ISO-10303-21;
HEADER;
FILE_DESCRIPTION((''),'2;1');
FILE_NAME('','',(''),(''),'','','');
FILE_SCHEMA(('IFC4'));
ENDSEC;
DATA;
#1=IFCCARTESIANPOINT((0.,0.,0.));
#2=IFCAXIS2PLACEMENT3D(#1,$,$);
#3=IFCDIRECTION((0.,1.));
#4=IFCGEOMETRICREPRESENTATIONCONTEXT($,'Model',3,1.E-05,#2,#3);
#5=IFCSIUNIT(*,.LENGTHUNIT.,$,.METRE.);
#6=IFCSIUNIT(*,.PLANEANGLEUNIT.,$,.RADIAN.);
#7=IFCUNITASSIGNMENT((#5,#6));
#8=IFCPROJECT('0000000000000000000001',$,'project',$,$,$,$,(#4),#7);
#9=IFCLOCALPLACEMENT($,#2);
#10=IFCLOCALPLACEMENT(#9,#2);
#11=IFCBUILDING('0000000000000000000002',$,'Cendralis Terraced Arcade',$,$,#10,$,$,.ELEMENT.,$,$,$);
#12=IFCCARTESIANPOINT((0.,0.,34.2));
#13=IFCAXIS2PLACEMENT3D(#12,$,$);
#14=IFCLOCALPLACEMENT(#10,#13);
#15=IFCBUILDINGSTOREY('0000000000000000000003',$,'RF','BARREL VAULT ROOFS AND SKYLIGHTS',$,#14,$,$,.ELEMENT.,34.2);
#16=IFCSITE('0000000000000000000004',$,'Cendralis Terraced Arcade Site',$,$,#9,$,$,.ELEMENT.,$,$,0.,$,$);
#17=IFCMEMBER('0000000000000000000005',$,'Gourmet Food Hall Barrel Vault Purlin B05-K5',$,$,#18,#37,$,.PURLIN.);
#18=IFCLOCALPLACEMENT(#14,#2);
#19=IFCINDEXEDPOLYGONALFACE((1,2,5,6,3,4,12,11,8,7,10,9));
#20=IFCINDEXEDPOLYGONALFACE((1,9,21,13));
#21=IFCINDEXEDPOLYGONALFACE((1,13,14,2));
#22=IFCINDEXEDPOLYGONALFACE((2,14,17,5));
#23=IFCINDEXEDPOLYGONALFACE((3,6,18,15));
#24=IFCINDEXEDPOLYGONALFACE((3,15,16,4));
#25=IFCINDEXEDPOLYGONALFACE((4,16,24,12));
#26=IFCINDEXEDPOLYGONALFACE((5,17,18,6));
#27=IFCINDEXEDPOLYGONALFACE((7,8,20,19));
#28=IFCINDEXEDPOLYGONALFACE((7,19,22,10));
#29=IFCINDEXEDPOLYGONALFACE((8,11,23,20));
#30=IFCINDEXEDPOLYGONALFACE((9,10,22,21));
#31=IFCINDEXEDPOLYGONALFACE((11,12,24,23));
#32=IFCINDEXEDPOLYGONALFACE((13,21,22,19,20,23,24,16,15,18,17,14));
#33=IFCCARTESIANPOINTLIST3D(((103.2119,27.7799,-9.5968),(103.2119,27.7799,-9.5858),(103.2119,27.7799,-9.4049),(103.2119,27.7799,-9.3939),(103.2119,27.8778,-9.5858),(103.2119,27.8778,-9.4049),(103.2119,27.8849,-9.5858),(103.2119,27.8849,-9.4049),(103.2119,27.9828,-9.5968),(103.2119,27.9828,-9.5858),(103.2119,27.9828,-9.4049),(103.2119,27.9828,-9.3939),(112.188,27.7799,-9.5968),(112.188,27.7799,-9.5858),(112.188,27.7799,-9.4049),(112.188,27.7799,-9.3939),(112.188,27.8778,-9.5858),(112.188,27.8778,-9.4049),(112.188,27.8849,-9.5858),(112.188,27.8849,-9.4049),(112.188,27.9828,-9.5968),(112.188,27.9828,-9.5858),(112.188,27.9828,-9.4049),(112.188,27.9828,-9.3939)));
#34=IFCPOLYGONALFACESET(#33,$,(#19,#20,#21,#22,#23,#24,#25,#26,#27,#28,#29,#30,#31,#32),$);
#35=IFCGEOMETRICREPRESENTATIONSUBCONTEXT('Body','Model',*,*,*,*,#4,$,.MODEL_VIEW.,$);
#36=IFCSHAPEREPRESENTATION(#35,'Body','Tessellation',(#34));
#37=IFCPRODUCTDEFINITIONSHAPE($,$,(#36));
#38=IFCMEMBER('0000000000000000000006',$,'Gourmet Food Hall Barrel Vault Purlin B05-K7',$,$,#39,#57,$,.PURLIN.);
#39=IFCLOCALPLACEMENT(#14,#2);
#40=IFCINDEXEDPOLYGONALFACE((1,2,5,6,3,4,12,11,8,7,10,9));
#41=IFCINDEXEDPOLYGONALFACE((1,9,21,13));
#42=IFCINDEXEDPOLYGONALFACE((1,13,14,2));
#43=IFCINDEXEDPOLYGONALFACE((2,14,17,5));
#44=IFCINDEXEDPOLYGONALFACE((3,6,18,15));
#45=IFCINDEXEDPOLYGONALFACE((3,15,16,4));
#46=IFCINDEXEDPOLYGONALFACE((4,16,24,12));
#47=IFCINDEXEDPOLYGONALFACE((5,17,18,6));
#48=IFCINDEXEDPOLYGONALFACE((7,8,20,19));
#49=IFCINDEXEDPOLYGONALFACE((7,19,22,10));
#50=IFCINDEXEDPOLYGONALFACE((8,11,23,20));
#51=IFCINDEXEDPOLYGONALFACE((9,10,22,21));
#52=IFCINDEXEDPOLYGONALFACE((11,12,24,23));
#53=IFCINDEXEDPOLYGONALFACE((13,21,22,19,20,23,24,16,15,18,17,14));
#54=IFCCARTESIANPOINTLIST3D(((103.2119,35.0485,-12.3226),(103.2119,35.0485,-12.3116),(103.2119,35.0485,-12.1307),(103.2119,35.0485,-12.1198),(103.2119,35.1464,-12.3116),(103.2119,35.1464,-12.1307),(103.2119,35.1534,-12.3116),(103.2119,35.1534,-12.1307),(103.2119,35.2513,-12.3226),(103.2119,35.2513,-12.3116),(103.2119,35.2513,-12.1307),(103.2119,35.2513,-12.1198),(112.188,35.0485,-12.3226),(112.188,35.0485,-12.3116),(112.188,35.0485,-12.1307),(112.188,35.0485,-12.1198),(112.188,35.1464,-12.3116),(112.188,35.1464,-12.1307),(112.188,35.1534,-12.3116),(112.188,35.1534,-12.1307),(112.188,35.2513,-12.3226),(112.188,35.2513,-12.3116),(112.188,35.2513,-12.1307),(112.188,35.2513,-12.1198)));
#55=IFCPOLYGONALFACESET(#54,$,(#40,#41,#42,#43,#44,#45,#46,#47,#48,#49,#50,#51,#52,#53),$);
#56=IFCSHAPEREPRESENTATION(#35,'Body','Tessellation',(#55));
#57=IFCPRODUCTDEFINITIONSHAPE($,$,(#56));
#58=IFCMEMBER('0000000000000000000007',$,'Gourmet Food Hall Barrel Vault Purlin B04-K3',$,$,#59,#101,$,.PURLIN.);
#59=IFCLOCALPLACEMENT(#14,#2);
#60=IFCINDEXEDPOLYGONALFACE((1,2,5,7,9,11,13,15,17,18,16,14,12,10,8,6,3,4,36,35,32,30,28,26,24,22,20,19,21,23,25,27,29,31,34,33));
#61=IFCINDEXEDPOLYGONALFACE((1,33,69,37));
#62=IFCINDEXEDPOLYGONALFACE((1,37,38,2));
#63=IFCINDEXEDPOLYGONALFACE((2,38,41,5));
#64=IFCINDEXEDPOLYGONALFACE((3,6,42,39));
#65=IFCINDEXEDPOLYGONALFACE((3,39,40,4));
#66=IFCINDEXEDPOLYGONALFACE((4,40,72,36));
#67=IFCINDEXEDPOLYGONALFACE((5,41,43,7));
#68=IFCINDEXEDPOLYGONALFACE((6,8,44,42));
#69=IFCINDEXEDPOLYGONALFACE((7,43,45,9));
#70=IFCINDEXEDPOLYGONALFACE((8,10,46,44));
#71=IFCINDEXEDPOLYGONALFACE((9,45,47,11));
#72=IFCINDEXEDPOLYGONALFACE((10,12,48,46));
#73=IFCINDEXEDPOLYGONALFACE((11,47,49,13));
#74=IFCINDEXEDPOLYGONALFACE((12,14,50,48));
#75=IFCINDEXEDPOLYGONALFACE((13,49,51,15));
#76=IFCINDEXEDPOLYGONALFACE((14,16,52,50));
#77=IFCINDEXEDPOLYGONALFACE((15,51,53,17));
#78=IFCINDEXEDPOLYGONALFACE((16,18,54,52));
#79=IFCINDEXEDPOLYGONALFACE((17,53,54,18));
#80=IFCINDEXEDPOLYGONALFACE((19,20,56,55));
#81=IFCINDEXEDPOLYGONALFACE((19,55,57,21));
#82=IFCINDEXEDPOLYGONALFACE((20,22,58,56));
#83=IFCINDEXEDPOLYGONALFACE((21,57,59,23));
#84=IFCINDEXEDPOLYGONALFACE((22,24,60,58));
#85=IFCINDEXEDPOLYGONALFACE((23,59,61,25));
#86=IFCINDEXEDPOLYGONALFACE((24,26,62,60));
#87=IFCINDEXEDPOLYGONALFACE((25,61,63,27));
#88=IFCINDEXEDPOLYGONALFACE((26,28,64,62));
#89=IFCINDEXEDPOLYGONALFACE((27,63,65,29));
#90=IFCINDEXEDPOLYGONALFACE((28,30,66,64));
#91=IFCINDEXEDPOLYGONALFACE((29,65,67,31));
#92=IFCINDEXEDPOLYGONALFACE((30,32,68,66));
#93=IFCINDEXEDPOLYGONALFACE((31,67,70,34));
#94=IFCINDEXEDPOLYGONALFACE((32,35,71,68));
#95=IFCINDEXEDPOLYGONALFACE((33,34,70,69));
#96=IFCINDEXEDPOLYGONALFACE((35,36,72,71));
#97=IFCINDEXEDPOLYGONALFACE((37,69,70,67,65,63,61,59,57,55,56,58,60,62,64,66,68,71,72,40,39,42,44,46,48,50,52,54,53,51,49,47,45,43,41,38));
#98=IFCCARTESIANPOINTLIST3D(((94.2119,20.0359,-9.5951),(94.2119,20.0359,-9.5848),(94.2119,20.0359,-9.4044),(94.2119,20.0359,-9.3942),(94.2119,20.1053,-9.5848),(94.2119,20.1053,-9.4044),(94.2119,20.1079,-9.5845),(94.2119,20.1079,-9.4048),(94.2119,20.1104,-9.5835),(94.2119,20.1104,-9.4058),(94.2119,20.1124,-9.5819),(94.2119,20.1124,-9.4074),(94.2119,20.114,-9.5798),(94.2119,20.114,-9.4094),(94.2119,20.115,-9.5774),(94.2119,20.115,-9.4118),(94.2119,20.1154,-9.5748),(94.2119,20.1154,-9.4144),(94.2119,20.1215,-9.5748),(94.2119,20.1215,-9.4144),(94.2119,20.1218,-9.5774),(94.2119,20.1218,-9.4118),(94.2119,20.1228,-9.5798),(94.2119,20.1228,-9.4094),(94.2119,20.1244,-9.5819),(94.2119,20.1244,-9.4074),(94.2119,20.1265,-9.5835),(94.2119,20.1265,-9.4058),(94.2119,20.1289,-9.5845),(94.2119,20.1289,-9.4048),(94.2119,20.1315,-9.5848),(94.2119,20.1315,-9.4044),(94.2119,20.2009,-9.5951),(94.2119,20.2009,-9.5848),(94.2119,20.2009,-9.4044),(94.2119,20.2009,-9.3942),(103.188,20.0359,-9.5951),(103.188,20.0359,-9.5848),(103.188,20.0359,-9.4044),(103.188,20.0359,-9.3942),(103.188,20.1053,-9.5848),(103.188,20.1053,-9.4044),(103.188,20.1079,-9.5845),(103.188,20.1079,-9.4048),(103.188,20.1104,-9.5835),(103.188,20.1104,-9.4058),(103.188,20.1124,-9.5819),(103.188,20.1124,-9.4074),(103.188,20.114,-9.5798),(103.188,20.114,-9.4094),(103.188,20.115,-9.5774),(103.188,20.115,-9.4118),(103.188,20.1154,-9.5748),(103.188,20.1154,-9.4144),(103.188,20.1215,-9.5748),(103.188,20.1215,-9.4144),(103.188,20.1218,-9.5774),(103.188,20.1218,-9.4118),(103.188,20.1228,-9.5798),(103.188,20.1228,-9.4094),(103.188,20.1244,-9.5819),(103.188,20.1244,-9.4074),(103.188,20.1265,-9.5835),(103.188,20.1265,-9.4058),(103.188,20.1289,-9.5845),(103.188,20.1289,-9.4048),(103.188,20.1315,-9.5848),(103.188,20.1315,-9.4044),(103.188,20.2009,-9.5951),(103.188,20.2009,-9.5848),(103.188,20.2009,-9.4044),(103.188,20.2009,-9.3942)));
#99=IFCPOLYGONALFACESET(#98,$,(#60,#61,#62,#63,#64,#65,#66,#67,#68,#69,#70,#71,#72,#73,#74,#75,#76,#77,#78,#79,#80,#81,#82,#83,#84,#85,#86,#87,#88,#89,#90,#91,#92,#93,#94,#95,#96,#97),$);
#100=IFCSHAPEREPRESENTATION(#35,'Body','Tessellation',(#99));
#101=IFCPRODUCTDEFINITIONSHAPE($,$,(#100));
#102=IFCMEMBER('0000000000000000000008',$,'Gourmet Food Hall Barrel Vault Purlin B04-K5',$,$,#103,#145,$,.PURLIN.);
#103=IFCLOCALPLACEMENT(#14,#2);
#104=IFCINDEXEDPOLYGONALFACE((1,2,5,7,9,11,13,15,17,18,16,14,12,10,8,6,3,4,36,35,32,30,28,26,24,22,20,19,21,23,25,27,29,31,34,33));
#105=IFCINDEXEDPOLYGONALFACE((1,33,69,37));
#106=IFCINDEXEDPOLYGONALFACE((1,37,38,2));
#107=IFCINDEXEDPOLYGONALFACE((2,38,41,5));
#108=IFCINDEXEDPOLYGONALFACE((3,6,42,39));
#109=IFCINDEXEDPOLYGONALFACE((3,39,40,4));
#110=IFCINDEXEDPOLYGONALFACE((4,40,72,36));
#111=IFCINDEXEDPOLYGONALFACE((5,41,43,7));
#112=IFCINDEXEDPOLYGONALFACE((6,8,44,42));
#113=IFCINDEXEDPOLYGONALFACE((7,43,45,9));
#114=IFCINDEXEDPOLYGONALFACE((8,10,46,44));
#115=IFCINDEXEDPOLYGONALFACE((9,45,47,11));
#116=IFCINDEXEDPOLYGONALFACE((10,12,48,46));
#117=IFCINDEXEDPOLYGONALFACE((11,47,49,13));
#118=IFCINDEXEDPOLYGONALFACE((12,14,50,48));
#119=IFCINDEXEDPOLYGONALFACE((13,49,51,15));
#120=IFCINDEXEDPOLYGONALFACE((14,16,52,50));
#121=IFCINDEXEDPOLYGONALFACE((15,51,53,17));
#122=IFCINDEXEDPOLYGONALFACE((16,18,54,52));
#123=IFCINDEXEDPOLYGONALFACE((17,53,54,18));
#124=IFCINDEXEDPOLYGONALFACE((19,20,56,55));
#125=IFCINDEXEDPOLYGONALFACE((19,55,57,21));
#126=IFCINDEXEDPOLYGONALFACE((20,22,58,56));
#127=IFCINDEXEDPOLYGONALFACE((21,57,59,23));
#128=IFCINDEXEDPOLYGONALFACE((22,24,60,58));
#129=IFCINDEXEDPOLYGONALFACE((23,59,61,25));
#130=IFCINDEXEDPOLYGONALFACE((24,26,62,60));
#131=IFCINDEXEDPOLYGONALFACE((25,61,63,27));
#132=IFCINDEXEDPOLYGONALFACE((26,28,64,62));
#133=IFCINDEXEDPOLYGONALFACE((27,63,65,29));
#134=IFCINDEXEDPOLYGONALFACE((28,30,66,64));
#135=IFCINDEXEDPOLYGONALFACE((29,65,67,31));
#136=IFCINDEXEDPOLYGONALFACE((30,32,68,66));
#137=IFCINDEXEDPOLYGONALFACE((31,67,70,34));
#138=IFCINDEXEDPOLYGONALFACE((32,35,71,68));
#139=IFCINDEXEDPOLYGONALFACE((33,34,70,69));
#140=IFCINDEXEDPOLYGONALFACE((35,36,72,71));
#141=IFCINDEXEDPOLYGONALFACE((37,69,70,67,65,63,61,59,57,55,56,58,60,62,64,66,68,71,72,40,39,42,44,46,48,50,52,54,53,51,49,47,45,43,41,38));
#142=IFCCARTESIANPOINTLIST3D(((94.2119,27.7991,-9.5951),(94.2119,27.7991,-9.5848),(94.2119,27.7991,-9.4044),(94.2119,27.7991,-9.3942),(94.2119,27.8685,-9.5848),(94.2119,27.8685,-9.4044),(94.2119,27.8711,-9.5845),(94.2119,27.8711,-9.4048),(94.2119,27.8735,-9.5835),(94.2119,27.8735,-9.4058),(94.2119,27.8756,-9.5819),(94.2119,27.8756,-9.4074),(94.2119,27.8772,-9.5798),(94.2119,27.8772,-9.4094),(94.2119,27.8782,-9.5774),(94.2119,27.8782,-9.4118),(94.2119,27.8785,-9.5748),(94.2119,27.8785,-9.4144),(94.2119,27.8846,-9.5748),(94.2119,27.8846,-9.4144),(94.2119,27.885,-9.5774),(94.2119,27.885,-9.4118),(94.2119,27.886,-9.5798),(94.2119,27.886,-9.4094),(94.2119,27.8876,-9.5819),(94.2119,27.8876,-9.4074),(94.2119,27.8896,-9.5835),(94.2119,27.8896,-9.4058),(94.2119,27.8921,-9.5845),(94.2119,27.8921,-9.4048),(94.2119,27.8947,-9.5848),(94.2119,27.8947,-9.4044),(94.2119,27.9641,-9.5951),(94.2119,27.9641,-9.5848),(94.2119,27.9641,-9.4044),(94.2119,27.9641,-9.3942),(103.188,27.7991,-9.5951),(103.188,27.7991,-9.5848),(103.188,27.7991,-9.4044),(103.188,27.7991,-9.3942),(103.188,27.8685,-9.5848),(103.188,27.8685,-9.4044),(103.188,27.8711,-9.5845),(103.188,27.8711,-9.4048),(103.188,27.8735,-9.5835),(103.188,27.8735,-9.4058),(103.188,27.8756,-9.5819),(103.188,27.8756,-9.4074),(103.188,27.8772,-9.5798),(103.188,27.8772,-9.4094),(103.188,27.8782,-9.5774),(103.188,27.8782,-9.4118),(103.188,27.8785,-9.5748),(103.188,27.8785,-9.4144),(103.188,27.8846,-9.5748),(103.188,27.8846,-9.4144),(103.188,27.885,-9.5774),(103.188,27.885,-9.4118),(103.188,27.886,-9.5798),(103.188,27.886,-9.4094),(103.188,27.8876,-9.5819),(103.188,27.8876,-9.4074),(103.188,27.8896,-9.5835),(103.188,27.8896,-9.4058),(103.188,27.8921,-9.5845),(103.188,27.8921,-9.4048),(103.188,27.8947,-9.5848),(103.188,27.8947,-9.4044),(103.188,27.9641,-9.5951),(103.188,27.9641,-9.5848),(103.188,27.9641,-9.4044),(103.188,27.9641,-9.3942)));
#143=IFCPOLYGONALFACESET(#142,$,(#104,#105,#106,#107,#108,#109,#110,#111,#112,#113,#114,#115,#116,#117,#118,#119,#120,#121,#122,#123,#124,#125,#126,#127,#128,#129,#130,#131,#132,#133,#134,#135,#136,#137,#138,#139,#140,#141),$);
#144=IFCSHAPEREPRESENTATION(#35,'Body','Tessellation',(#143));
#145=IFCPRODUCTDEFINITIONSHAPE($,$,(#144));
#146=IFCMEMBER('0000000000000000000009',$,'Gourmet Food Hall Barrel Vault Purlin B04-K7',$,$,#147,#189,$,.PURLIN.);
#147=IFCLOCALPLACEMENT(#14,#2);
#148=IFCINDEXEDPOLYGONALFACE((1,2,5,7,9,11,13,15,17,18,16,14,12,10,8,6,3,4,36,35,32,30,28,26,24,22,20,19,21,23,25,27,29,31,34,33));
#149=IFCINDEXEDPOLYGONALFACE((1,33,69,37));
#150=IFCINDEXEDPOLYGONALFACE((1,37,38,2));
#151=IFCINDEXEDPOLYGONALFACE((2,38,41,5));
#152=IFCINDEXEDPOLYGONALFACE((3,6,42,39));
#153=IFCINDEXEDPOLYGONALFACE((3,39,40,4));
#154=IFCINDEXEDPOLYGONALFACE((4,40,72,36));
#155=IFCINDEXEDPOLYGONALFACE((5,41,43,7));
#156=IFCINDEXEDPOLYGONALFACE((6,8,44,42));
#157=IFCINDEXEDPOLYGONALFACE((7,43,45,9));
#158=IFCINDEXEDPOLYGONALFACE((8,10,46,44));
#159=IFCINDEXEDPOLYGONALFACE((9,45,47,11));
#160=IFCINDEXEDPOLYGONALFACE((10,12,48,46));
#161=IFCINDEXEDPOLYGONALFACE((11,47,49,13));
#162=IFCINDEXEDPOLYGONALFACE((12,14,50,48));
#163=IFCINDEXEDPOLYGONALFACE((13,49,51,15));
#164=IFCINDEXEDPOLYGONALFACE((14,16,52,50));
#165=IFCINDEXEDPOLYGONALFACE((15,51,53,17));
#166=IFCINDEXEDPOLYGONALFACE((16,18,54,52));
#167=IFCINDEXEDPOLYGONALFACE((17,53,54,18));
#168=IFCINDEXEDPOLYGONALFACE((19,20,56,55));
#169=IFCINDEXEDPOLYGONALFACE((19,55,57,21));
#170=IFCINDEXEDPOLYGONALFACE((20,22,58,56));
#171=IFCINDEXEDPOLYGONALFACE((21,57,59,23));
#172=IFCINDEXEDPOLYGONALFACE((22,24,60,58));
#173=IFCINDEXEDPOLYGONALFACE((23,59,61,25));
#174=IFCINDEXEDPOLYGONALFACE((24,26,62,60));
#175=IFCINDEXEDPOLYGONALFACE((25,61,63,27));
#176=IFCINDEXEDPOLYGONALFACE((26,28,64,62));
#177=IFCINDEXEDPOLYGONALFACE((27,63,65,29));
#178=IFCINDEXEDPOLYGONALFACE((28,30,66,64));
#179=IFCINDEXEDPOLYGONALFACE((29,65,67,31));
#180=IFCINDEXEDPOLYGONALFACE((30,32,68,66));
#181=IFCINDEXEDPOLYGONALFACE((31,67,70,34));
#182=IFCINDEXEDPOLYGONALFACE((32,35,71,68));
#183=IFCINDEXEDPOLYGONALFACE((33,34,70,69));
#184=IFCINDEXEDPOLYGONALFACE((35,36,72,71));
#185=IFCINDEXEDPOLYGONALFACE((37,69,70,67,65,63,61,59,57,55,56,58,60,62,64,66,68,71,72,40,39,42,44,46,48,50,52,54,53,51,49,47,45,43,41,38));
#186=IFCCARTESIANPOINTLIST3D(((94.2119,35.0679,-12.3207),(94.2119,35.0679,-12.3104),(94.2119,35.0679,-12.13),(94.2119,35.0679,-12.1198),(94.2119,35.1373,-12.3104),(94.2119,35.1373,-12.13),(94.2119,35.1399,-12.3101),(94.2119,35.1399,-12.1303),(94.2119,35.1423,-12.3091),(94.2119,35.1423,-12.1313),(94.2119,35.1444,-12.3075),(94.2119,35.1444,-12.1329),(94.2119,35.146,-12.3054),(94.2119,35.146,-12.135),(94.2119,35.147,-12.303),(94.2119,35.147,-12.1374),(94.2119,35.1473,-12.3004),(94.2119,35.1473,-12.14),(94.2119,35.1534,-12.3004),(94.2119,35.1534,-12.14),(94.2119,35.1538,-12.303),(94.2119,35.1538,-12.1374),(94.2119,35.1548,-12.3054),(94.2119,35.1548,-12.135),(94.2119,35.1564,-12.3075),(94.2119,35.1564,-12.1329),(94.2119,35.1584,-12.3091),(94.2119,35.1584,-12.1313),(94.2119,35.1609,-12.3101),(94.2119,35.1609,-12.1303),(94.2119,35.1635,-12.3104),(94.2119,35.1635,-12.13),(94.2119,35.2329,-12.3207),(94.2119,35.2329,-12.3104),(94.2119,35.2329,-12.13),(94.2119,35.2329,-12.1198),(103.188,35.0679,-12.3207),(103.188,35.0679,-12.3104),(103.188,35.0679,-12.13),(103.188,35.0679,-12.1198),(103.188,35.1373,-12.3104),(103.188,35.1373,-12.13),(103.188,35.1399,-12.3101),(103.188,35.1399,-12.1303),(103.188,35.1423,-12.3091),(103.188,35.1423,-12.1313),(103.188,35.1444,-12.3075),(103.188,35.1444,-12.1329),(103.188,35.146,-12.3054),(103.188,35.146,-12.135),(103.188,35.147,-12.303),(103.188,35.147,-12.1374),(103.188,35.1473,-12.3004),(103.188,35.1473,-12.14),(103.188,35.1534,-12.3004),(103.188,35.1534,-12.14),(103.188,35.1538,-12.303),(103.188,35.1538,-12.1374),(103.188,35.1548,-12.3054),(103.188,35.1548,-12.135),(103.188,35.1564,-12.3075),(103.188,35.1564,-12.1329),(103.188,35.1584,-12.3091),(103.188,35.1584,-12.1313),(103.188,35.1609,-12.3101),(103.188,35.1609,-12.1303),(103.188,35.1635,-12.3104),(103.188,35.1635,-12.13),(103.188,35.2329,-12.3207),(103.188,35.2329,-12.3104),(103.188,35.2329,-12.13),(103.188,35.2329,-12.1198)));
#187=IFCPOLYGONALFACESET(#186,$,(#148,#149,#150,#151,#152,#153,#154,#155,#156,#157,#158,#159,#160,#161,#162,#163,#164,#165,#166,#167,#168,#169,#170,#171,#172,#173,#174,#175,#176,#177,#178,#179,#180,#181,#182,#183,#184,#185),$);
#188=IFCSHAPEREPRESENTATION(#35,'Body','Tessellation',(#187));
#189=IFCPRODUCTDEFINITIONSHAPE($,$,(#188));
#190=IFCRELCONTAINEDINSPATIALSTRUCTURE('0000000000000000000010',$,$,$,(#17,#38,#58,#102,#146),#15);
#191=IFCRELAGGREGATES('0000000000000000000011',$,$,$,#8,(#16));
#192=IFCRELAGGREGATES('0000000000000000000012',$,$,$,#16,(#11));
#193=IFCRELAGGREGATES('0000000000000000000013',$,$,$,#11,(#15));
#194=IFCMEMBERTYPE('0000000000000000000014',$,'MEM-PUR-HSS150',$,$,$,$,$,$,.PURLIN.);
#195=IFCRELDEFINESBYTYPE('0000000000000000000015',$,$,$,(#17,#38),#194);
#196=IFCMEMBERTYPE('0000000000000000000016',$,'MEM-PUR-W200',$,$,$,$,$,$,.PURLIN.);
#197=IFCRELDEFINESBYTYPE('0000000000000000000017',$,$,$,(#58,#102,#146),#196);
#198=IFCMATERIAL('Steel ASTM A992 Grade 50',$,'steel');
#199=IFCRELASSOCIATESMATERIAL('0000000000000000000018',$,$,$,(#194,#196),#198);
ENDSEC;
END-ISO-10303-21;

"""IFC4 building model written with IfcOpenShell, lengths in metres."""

from ifc_helpers import new_model, si_unit, direction, frame, origin, origin_2d, place, context, subcontext, project, spatial, i_section, extrude, material, material_profile, profile_set, type_object, element, save


model = new_model("IFC4")

# Units and contexts
model_context = context("Model", 3, precision=1e-05, world=origin(), true_north=direction((0.0, 1.0)))
body_context = subcontext(model_context, "Body", "Model", "MODEL_VIEW")
ifc_project = project(units=[si_unit("LENGTHUNIT", "METRE"), si_unit("PLANEANGLEUNIT", "RADIAN")], contexts=[model_context])

# Site, building, storey
site_placement = place(None, origin())
site = spatial("IfcSite", under=ifc_project, at=site_placement, Name="Cendralis Terraced Arcade Site", CompositionType="ELEMENT", RefElevation=0.0)
building_placement = place(site_placement, origin())
building = spatial("IfcBuilding", under=site, at=building_placement, Name="Cendralis Terraced Arcade", CompositionType="ELEMENT")
storey_placement = place(building_placement, frame((0.0, 0.0, 34.2)))
storey = spatial("IfcBuildingStorey", under=building, at=storey_placement, Name="RF", Description="BARREL VAULT ROOFS AND SKYLIGHTS", CompositionType="ELEMENT", Elevation=34.2)

# Members
ifc_material_1 = material(Name="Steel ASTM A992 Grade 50", Category="steel")
ifc_material_profile_1 = material_profile(ifc_material_1, i_section(OverallWidth=0.2029, OverallDepth=0.2029, WebThickness=0.0071, FlangeThickness=0.011, at=origin_2d()), Name="W200X46.1", Category="LoadBearing")
ifc_profile_set_1 = profile_set([ifc_material_profile_1], Name="Steel ASTM A992 Grade 50")
member_type_1 = type_object("IfcMemberType", Name="MEM-PUR-HSS150", PredefinedType="PURLIN", material=ifc_profile_set_1)
for number, where, z_axis, x_axis, name in (
    (1, (103.2119, 27.8813, -9.4954), (1.0, 0.0, 0.0), (0.0, 1.0, 0.0), "Gourmet Food Hall Barrel Vault Purlin B05-K5"),
    (2, (103.2119, 35.1499, -12.2212), (1.0, 0.0, 0.0), (0.0, 1.0, 0.0), "Gourmet Food Hall Barrel Vault Purlin B05-K7"),
):
    element("IfcMember", number, at=place(storey_placement, frame(where, z_axis=z_axis, x_axis=x_axis)), inside=storey, type_object=member_type_1, Name=name, PredefinedType="PURLIN", context=body_context, shape_type="SweptSolid", body=[
        extrude(i_section(OverallWidth=0.2029, OverallDepth=0.2029, WebThickness=0.0071, FlangeThickness=0.011, at=origin_2d()), origin(), (0.0, 0.0, 1.0), 8.9761),
    ])
ifc_material_profile_2 = material_profile(ifc_material_1, i_section(OverallWidth=0.165, OverallDepth=0.2009, WebThickness=0.0061, FlangeThickness=0.0103, FilletRadius=0.01, at=origin_2d()), Name="W200X35.9", Category="LoadBearing")
ifc_profile_set_2 = profile_set([ifc_material_profile_2], Name="Steel ASTM A992 Grade 50")
member_type_2 = type_object("IfcMemberType", Name="MEM-PUR-W200", PredefinedType="PURLIN", material=ifc_profile_set_2)
for number, where, z_axis, x_axis, name in (
    (3, (94.2119, 20.1184, -9.4946), (1.0, 0.0, 0.0), (0.0, 1.0, 0.0), "Gourmet Food Hall Barrel Vault Purlin B04-K3"),
    (4, (94.2119, 27.8816, -9.4946), (1.0, 0.0, 0.0), (0.0, 1.0, 0.0), "Gourmet Food Hall Barrel Vault Purlin B04-K5"),
    (5, (94.2119, 35.1504, -12.2202), (1.0, 0.0, 0.0), (0.0, 1.0, 0.0), "Gourmet Food Hall Barrel Vault Purlin B04-K7"),
):
    element("IfcMember", number, at=place(storey_placement, frame(where, z_axis=z_axis, x_axis=x_axis)), inside=storey, type_object=member_type_2, Name=name, PredefinedType="PURLIN", context=body_context, shape_type="SweptSolid", body=[
        extrude(i_section(OverallWidth=0.165, OverallDepth=0.2009, WebThickness=0.0061, FlangeThickness=0.0103, FilletRadius=0.01, at=origin_2d()), origin(), (0.0, 0.0, 1.0), 8.9761),
    ])

save(model, "model.ifc")
